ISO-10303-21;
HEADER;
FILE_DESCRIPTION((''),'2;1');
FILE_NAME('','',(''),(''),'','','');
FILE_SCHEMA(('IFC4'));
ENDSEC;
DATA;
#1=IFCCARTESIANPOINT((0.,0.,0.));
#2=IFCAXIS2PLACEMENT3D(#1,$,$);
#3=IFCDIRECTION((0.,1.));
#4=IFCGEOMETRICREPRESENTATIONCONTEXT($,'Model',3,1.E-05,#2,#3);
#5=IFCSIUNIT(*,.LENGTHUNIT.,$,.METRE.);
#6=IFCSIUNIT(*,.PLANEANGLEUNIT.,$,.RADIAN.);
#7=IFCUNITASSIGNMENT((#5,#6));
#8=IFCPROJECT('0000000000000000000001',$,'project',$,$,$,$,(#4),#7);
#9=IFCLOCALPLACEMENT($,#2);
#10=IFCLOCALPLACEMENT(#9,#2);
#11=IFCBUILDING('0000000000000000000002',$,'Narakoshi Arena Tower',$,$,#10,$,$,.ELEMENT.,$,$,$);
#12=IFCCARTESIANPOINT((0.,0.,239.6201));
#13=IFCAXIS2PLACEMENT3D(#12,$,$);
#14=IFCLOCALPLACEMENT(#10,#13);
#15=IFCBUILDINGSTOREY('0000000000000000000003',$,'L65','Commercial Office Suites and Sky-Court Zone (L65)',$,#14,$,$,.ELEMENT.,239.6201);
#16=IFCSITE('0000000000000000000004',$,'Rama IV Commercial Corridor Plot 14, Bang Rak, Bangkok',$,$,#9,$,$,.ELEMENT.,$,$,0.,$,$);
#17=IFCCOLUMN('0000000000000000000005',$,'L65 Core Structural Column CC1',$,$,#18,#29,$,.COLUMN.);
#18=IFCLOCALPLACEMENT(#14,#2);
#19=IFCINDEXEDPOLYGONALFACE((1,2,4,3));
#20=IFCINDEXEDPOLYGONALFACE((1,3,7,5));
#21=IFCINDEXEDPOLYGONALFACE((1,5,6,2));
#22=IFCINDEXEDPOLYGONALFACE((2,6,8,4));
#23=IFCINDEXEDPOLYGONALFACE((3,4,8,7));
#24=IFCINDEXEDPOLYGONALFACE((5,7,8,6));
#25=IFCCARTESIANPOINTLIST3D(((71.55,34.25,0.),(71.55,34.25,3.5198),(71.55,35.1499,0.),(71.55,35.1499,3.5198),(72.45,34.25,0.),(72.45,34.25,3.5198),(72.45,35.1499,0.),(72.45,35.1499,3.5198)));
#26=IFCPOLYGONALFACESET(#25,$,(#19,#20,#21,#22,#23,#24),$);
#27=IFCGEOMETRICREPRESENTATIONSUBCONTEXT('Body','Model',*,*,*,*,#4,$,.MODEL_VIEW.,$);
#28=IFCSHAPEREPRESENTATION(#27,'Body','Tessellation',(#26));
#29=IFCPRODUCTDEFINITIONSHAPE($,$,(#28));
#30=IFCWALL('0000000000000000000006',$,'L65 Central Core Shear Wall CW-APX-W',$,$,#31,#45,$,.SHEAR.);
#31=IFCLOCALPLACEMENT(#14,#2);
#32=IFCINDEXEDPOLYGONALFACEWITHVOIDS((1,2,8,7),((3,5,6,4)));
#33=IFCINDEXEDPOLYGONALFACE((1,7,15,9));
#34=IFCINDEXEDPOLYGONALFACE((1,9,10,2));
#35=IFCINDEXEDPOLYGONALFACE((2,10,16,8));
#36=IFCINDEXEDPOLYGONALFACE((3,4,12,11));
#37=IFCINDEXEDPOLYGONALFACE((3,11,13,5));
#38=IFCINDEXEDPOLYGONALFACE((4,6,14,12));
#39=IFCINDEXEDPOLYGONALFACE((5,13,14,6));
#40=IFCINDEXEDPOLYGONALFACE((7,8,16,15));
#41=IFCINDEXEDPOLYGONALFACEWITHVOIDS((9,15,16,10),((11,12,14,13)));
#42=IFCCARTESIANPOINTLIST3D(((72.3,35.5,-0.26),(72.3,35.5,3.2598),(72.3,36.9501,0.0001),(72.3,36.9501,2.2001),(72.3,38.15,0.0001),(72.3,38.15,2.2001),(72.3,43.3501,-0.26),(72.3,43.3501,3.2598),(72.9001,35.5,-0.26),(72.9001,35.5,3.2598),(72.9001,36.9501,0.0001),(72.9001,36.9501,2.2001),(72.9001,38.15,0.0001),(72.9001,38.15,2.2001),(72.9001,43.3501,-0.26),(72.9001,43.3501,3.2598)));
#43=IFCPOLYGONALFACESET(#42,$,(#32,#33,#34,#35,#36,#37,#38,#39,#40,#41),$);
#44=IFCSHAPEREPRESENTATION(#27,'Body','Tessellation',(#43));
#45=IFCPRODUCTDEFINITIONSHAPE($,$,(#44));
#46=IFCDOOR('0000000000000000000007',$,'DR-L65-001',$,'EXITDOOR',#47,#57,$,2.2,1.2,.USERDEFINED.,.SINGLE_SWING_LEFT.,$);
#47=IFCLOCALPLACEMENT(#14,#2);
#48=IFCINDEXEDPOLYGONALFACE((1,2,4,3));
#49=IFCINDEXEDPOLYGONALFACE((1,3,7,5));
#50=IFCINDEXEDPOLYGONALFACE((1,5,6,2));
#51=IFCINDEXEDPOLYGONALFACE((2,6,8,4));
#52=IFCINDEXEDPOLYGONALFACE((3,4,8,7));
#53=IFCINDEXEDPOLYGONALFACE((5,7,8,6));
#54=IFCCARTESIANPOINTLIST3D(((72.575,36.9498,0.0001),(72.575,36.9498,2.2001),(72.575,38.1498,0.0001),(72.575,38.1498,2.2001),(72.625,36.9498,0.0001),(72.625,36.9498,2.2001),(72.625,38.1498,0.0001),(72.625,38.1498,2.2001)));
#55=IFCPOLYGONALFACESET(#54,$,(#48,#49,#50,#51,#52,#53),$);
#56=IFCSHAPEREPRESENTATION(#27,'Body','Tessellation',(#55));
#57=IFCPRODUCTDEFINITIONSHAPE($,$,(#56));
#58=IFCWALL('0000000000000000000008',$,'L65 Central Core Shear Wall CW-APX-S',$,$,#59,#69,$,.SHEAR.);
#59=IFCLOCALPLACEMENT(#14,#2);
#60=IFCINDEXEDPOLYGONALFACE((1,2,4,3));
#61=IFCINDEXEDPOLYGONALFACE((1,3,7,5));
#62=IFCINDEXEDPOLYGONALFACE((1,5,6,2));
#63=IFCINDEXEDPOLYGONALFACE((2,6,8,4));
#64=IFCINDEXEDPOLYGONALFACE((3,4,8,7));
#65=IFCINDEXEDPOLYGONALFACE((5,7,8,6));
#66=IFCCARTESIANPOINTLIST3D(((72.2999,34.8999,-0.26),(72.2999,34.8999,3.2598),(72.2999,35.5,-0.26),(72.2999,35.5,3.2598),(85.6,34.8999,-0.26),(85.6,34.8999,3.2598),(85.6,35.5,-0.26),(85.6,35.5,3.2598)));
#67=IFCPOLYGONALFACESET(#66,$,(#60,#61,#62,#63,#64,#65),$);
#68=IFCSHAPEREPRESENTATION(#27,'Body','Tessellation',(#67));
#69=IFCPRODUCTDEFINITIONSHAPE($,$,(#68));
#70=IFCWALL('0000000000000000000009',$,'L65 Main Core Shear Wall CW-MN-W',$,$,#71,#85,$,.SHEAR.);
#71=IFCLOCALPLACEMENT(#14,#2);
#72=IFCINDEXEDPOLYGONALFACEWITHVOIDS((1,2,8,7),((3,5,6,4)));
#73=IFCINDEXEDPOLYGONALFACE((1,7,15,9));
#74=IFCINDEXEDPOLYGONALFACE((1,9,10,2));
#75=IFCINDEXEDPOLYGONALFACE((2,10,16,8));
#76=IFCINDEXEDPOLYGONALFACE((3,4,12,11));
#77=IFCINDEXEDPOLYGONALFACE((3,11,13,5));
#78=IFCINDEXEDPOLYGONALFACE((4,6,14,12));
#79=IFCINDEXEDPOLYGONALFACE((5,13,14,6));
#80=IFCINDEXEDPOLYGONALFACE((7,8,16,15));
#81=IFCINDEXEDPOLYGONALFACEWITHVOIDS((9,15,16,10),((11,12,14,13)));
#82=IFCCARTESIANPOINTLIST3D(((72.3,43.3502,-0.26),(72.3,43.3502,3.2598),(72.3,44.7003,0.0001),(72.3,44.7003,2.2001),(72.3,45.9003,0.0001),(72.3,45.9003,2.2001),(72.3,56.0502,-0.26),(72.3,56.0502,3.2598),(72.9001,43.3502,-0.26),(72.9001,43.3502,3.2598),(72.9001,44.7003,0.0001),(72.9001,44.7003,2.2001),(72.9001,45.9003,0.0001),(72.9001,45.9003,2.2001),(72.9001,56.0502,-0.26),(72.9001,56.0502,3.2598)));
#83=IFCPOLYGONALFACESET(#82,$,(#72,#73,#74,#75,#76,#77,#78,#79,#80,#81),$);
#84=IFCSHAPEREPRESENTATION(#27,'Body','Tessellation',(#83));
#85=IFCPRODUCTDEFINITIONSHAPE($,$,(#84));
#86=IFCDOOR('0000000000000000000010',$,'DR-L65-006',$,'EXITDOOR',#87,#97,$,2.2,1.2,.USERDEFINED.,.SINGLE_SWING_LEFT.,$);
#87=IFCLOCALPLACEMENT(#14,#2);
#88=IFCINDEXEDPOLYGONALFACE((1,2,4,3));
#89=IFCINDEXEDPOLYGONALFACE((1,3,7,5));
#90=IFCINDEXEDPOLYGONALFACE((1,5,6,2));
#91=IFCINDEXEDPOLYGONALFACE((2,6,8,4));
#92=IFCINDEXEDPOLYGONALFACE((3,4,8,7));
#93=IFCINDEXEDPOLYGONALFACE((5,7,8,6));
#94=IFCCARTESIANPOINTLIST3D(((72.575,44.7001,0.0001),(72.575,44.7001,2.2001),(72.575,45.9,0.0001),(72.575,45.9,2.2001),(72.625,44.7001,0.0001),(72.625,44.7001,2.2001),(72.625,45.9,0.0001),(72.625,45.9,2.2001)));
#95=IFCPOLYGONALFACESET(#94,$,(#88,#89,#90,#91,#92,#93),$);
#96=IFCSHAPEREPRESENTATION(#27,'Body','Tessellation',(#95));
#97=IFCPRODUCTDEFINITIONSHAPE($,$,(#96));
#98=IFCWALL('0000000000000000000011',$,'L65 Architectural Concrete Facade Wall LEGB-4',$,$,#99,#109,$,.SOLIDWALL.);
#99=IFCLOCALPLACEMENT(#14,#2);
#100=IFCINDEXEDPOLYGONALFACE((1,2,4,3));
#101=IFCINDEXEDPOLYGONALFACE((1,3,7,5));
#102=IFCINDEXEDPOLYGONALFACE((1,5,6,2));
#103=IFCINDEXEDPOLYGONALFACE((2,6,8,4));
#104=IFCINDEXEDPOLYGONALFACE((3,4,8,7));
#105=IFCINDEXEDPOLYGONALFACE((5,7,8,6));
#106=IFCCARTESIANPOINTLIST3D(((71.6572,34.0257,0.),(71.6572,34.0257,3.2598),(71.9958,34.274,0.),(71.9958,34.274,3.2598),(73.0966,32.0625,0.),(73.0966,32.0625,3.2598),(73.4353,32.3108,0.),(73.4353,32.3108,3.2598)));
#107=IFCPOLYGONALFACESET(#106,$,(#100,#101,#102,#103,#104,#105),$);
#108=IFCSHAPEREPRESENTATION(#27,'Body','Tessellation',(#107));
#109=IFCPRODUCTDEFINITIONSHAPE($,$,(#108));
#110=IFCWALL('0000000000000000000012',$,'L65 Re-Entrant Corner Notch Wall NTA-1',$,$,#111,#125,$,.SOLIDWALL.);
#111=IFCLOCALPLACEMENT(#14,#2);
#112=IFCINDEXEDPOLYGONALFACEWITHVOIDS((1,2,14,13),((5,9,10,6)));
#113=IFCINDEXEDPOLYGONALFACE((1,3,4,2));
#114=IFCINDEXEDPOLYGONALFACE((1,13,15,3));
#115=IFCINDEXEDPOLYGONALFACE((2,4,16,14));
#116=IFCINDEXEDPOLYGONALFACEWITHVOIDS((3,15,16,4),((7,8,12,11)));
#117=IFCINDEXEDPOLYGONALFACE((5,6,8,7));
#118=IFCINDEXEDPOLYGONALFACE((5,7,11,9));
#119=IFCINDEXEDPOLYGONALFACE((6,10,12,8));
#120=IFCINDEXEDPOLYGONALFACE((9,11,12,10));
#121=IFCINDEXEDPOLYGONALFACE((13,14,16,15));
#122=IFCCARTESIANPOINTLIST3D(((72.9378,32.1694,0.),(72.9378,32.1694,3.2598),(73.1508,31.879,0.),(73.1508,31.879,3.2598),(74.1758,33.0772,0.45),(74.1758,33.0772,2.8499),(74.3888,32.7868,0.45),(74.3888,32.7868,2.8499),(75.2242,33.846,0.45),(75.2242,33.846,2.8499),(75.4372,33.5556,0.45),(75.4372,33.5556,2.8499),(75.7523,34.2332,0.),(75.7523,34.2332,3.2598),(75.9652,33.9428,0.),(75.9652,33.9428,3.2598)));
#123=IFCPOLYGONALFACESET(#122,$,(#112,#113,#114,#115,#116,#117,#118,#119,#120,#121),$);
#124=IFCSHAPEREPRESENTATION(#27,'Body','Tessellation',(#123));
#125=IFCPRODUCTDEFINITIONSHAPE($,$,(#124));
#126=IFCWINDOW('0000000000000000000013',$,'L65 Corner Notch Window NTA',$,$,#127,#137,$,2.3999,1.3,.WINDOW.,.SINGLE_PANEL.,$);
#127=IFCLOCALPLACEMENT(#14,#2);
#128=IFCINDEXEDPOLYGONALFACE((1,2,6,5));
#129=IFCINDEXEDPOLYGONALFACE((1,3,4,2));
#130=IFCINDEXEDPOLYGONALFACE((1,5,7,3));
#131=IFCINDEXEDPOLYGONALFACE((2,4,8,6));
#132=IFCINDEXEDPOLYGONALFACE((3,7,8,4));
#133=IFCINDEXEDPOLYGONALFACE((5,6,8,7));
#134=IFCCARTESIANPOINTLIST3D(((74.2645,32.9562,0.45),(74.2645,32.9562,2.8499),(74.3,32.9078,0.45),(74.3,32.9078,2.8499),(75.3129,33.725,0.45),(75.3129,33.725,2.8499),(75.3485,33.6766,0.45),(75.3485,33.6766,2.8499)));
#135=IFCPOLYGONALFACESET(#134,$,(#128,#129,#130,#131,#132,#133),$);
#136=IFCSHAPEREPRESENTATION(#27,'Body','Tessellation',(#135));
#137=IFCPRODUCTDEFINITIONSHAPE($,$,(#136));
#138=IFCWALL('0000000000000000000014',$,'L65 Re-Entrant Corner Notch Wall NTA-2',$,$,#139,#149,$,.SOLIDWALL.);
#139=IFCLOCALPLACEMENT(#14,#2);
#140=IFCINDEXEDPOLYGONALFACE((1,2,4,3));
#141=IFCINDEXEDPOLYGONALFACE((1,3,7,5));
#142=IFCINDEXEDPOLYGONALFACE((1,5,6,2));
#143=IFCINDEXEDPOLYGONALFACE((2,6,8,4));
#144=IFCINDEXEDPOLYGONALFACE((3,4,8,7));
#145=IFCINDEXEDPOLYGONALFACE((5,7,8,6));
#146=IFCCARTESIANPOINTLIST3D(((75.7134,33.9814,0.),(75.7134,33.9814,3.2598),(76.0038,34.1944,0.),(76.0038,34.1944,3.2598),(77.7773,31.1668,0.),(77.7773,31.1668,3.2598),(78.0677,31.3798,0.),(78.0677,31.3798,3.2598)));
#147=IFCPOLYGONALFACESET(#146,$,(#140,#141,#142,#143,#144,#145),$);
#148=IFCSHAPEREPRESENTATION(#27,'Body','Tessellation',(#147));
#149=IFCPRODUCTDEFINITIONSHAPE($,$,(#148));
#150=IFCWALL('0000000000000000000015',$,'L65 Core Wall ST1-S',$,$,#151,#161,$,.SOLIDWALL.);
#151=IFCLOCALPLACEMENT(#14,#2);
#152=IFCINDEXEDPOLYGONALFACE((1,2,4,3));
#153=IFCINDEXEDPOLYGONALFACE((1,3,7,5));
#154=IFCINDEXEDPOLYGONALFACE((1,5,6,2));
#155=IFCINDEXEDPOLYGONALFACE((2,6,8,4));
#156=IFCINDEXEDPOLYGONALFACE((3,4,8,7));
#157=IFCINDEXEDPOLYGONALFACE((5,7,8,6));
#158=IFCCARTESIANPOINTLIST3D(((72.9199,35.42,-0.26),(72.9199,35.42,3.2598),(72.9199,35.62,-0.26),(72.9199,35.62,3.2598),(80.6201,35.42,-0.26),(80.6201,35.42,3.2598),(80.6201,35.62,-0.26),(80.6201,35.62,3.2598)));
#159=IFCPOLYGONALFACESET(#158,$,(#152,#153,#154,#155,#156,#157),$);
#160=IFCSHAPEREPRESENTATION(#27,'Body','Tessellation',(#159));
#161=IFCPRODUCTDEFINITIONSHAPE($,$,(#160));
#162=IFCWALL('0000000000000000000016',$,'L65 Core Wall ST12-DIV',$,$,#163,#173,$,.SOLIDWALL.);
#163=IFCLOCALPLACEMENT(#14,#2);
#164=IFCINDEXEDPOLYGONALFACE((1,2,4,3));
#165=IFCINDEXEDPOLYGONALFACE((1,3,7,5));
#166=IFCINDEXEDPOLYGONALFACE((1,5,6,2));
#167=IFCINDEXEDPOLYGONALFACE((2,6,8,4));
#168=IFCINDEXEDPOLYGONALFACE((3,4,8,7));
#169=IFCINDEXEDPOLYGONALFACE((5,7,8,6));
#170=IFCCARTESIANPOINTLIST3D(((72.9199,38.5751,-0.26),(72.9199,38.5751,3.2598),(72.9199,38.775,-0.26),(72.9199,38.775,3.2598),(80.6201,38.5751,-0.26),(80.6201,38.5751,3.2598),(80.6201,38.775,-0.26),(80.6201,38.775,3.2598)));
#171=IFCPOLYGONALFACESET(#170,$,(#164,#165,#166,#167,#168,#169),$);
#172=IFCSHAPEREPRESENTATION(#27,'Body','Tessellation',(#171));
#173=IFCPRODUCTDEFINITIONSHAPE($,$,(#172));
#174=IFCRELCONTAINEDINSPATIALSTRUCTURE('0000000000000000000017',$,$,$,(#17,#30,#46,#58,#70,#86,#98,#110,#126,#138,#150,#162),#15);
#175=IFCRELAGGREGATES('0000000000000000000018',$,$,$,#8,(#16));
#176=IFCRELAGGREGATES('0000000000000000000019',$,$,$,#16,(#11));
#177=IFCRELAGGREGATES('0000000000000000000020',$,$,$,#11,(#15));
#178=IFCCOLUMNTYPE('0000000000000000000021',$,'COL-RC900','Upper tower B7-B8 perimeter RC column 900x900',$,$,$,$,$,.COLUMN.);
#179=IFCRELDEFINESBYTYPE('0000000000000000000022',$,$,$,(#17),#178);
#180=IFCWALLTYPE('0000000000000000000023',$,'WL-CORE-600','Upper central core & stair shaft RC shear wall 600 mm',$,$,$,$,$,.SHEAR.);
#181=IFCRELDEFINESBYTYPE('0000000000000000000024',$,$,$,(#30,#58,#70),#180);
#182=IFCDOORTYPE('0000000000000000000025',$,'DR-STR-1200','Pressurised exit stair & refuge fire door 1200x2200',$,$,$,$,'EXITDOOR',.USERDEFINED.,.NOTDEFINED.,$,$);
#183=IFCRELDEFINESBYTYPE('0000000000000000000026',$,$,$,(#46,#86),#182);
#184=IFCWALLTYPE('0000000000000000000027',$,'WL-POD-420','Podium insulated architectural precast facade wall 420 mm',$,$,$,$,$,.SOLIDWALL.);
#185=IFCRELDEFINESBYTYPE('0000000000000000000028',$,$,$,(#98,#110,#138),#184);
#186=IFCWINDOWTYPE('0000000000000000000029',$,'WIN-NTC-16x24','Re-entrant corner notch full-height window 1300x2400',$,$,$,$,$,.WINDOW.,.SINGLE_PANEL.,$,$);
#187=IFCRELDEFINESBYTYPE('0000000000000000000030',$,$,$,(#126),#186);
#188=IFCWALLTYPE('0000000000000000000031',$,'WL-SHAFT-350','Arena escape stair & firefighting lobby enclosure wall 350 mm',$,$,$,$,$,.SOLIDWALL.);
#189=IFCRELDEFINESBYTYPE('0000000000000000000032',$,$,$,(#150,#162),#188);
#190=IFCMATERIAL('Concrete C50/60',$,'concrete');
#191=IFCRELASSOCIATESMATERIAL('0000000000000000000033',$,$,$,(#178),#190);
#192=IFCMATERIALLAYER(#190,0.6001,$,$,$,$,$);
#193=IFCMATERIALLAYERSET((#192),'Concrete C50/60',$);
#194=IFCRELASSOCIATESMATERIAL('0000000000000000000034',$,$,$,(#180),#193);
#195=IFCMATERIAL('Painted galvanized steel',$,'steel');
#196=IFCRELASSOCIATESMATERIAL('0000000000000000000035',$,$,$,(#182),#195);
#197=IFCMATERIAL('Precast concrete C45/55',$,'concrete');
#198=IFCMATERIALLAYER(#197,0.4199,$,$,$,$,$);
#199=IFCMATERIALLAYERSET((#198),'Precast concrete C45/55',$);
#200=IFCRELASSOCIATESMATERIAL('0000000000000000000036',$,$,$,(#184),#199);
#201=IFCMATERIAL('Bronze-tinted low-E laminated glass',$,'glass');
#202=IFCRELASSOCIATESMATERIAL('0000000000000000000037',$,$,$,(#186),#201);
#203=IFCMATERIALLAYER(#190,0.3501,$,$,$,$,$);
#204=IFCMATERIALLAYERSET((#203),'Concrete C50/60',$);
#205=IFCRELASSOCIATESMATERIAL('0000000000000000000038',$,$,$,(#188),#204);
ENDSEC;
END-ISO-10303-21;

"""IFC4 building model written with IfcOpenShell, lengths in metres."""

from ifc_helpers import new_model, si_unit, direction, frame, frame_2d, origin, origin_2d, place, context, subcontext, project, spatial, rectangle, extrude, material, layer, layer_set, material_profile, profile_set, type_object, element, fill, save


model = new_model("IFC4")

# Units and contexts
model_context = context("Model", 3, precision=1e-05, world=origin(), true_north=direction((0.0, 1.0)))
body_context = subcontext(model_context, "Body", "Model", "MODEL_VIEW")
ifc_project = project(units=[si_unit("LENGTHUNIT", "METRE"), si_unit("PLANEANGLEUNIT", "RADIAN")], contexts=[model_context])

# Site, building, storey
site_placement = place(None, origin())
site = spatial("IfcSite", under=ifc_project, at=site_placement, Name="Rama IV Commercial Corridor Plot 14, Bang Rak, Bangkok", CompositionType="ELEMENT", RefElevation=0.0)
building_placement = place(site_placement, origin())
building = spatial("IfcBuilding", under=site, at=building_placement, Name="Narakoshi Arena Tower", CompositionType="ELEMENT")
storey_placement = place(building_placement, frame((0.0, 0.0, 239.6201)))
storey = spatial("IfcBuildingStorey", under=building, at=storey_placement, Name="L65", Description="Commercial Office Suites and Sky-Court Zone (L65)", CompositionType="ELEMENT", Elevation=239.6201)

# Column
ifc_material_1 = material(Name="Concrete C50/60", Category="concrete")
ifc_material_profile = material_profile(ifc_material_1, rectangle(XDim=0.8999, YDim=0.8999, at=origin_2d()), Name="RC900x900")
ifc_profile_set = profile_set([ifc_material_profile], Name="Concrete C50/60")
column_type = type_object("IfcColumnType", Name="COL-RC900", Description="Upper tower B7-B8 perimeter RC column 900x900", PredefinedType="COLUMN", material=ifc_profile_set)
column_placement = place(storey_placement, frame((72.0, 34.7, 0.0), z_axis=(0.0, 0.0, 1.0), x_axis=(1.0, 0.0, 0.0)))
element("IfcColumn", 1, at=column_placement, inside=storey, type_object=column_type, Name="L65 Core Structural Column CC1", PredefinedType="COLUMN", context=body_context, shape_type="SweptSolid", body=[
    extrude(rectangle(XDim=0.8999, YDim=0.8999, at=origin_2d()), origin(), (0.0, 0.0, 1.0), 3.5198),
])

# Wall, opening, door
ifc_layer_1 = layer(ifc_material_1, 0.6001)
ifc_layer_set_1 = layer_set([ifc_layer_1], Name="Concrete C50/60")
wall_type_1 = type_object("IfcWallType", Name="WL-CORE-600", Description="Upper central core & stair shaft RC shear wall 600 mm", PredefinedType="SHEAR", material=ifc_layer_set_1)
wall_1_placement = place(storey_placement, frame((72.6001, 35.5, -0.26), z_axis=(0.0, 0.0, 1.0), x_axis=(0.0, 1.0, 0.0)))
wall_1 = element("IfcWall", 2, at=wall_1_placement, inside=storey, type_object=wall_type_1, Name="L65 Central Core Shear Wall CW-APX-W", PredefinedType="SHEAR", context=body_context, shape_type="SweptSolid", body=[
    extrude(rectangle(XDim=7.8501, YDim=0.6001, at=frame_2d((3.925, 0.0))), origin(), (0.0, 0.0, 1.0), 3.5198),
])
opening_1_placement = place(wall_1_placement, frame((1.45, 0.0, 0.26)))
opening_1 = element("IfcOpeningElement", 3, at=opening_1_placement, cuts=wall_1, PredefinedType="OPENING", context=body_context, shape_type="SweptSolid", body=[
    extrude(rectangle(XDim=1.2, YDim=2.2, at=frame_2d((0.6001, 1.1001))), frame((0.0, 0.3101, 0.0), z_axis=(0.0, -1.0, 0.0), x_axis=(1.0, 0.0, 0.0)), (0.0, 0.0, 1.0), 0.6201),
])
ifc_material_2 = material(Name="Painted galvanized steel", Category="steel")
door_type = type_object("IfcDoorType", Name="DR-STR-1200", Description="Pressurised exit stair & refuge fire door 1200x2200", ElementType="EXITDOOR", OperationType="NOTDEFINED", PredefinedType="USERDEFINED", material=ifc_material_2)
door_1_placement = place(opening_1_placement, frame((1.2, 0.0, 0.0), z_axis=(0.0, 0.0, 1.0), x_axis=(-1.0, 0.0, 0.0)))
door_1 = element("IfcDoor", 4, at=door_1_placement, inside=storey, type_object=door_type, Name="DR-L65-001", ObjectType="EXITDOOR", OperationType="SINGLE_SWING_LEFT", OverallHeight=2.2, OverallWidth=1.2, PredefinedType="USERDEFINED", context=body_context, shape_type="SweptSolid", body=[
    extrude(rectangle(XDim=1.2, YDim=2.2, at=frame_2d((0.6001, 1.1001))), frame((0.0, 0.0249, 0.0), z_axis=(0.0, -1.0, 0.0), x_axis=(1.0, 0.0, 0.0)), (0.0, 0.0, 1.0), 0.05),
])
fill(opening_1, door_1)

# Wall
wall_2_placement = place(storey_placement, frame((72.3, 35.2, -0.26), z_axis=(0.0, 0.0, 1.0), x_axis=(1.0, 0.0, 0.0)))
element("IfcWall", 5, at=wall_2_placement, inside=storey, type_object=wall_type_1, Name="L65 Central Core Shear Wall CW-APX-S", PredefinedType="SHEAR", context=body_context, shape_type="SweptSolid", body=[
    extrude(rectangle(XDim=13.3, YDim=0.6001, at=frame_2d((6.6499, 0.0))), origin(), (0.0, 0.0, 1.0), 3.5198),
])

# Wall, opening, door
wall_3_placement = place(storey_placement, frame((72.6001, 43.3501, -0.26), z_axis=(0.0, 0.0, 1.0), x_axis=(0.0, 1.0, 0.0)))
wall_3 = element("IfcWall", 6, at=wall_3_placement, inside=storey, type_object=wall_type_1, Name="L65 Main Core Shear Wall CW-MN-W", PredefinedType="SHEAR", context=body_context, shape_type="SweptSolid", body=[
    extrude(rectangle(XDim=12.7, YDim=0.6001, at=frame_2d((6.3501, 0.0))), origin(), (0.0, 0.0, 1.0), 3.5198),
])
opening_2_placement = place(wall_3_placement, frame((1.3501, 0.0, 0.26)))
opening_2 = element("IfcOpeningElement", 7, at=opening_2_placement, cuts=wall_3, PredefinedType="OPENING", context=body_context, shape_type="SweptSolid", body=[
    extrude(rectangle(XDim=1.2, YDim=2.2, at=frame_2d((0.6001, 1.1001))), frame((0.0, 0.3101, 0.0), z_axis=(0.0, -1.0, 0.0), x_axis=(1.0, 0.0, 0.0)), (0.0, 0.0, 1.0), 0.6201),
])
door_2_placement = place(opening_2_placement, frame((1.2, 0.0, 0.0), z_axis=(0.0, 0.0, 1.0), x_axis=(-1.0, 0.0, 0.0)))
door_2 = element("IfcDoor", 8, at=door_2_placement, inside=storey, type_object=door_type, Name="DR-L65-006", ObjectType="EXITDOOR", OperationType="SINGLE_SWING_LEFT", OverallHeight=2.2, OverallWidth=1.2, PredefinedType="USERDEFINED", context=body_context, shape_type="SweptSolid", body=[
    extrude(rectangle(XDim=1.2, YDim=2.2, at=frame_2d((0.6001, 1.1001))), frame((0.0, 0.0249, 0.0), z_axis=(0.0, -1.0, 0.0), x_axis=(1.0, 0.0, 0.0)), (0.0, 0.0, 1.0), 0.05),
])
fill(opening_2, door_2)

# Wall
ifc_material_3 = material(Name="Precast concrete C45/55", Category="concrete")
ifc_layer_2 = layer(ifc_material_3, 0.4199)
ifc_layer_set_2 = layer_set([ifc_layer_2], Name="Precast concrete C45/55")
wall_type_2 = type_object("IfcWallType", Name="WL-POD-420", Description="Podium insulated architectural precast facade wall 420 mm", PredefinedType="SOLIDWALL", material=ifc_layer_set_2)
wall_4_placement = place(storey_placement, frame((71.8264, 34.1499, 0.0), z_axis=(0.0, 0.0, 1.0), x_axis=(0.591316, -0.80644, 0.0)))
element("IfcWall", 9, at=wall_4_placement, inside=storey, type_object=wall_type_2, Name="L65 Architectural Concrete Facade Wall LEGB-4", PredefinedType="SOLIDWALL", context=body_context, shape_type="SweptSolid", body=[
    extrude(rectangle(XDim=2.4343, YDim=0.4199, at=frame_2d((1.2173, 0.0))), origin(), (0.0, 0.0, 1.0), 3.2598),
])

# Wall, opening, window
wall_5_placement = place(storey_placement, frame((73.0442, 32.0242, 0.0), z_axis=(0.0, 0.0, 1.0), x_axis=(0.806434, 0.591324, 0.0)))
wall_5 = element("IfcWall", 10, at=wall_5_placement, inside=storey, type_object=wall_type_2, Name="L65 Re-Entrant Corner Notch Wall NTA-1", PredefinedType="SOLIDWALL", context=body_context, shape_type="SweptSolid", body=[
    extrude(rectangle(XDim=3.49, YDim=0.3601, at=frame_2d((1.7451, 0.0))), origin(), (0.0, 0.0, 1.0), 3.2598),
])
opening_3_placement = place(wall_5_placement, frame((1.5354, 0.0, 0.45)))
opening_3 = element("IfcOpeningElement", 11, at=opening_3_placement, cuts=wall_5, PredefinedType="OPENING", context=body_context, shape_type="SweptSolid", body=[
    extrude(rectangle(XDim=1.3, YDim=2.3999, at=frame_2d((0.6499, 1.2))), frame((0.0, 0.1899, 0.0), z_axis=(0.0, -1.0, 0.0), x_axis=(1.0, 0.0, 0.0)), (0.0, 0.0, 1.0), 0.3801),
])
ifc_material_4 = material(Name="Bronze-tinted low-E laminated glass", Category="glass")
window_type = type_object("IfcWindowType", Name="WIN-NTC-16x24", Description="Re-entrant corner notch full-height window 1300x2400", PartitioningType="SINGLE_PANEL", PredefinedType="WINDOW", material=ifc_material_4)
window_placement = place(opening_3_placement, origin())
window = element("IfcWindow", 12, at=window_placement, inside=storey, type_object=window_type, Name="L65 Corner Notch Window NTA", OverallHeight=2.3999, OverallWidth=1.3, PartitioningType="SINGLE_PANEL", PredefinedType="WINDOW", context=body_context, shape_type="SweptSolid", body=[
    extrude(rectangle(XDim=1.3, YDim=2.3999, at=frame_2d((0.6499, 1.2))), frame((0.0, 0.03, 0.0), z_axis=(0.0, -1.0, 0.0), x_axis=(1.0, 0.0, 0.0)), (0.0, 0.0, 1.0), 0.0601),
])
fill(opening_3, window)

# Walls
wall_6_placement = place(storey_placement, frame((75.8586, 34.0879, 0.0), z_axis=(0.0, 0.0, 1.0), x_axis=(0.591336, -0.806425, 0.0)))
element("IfcWall", 13, at=wall_6_placement, inside=storey, type_object=wall_type_2, Name="L65 Re-Entrant Corner Notch Wall NTA-2", PredefinedType="SOLIDWALL", context=body_context, shape_type="SweptSolid", body=[
    extrude(rectangle(XDim=3.4902, YDim=0.3601, at=frame_2d((1.7451, 0.0))), origin(), (0.0, 0.0, 1.0), 3.2598),
])
ifc_layer_3 = layer(ifc_material_1, 0.3501)
ifc_layer_set_3 = layer_set([ifc_layer_3], Name="Concrete C50/60")
wall_type_3 = type_object("IfcWallType", Name="WL-SHAFT-350", Description="Arena escape stair & firefighting lobby enclosure wall 350 mm", PredefinedType="SOLIDWALL", material=ifc_layer_set_3)
for number, where, z_axis, x_axis, name in (
    (14, (72.9199, 35.52, -0.26), (0.0, 0.0, 1.0), (1.0, 0.0, 0.0), "L65 Core Wall ST1-S"),
    (15, (72.9199, 38.675, -0.26), (0.0, 0.0, 1.0), (1.0, 0.0, 0.0), "L65 Core Wall ST12-DIV"),
):
    element("IfcWall", number, at=place(storey_placement, frame(where, z_axis=z_axis, x_axis=x_axis)), inside=storey, type_object=wall_type_3, Name=name, PredefinedType="SOLIDWALL", context=body_context, shape_type="SweptSolid", body=[
        extrude(rectangle(XDim=7.7002, YDim=0.2, at=frame_2d((3.8501, 0.0))), origin(), (0.0, 0.0, 1.0), 3.5198),
    ])

save(model, "model.ifc")
